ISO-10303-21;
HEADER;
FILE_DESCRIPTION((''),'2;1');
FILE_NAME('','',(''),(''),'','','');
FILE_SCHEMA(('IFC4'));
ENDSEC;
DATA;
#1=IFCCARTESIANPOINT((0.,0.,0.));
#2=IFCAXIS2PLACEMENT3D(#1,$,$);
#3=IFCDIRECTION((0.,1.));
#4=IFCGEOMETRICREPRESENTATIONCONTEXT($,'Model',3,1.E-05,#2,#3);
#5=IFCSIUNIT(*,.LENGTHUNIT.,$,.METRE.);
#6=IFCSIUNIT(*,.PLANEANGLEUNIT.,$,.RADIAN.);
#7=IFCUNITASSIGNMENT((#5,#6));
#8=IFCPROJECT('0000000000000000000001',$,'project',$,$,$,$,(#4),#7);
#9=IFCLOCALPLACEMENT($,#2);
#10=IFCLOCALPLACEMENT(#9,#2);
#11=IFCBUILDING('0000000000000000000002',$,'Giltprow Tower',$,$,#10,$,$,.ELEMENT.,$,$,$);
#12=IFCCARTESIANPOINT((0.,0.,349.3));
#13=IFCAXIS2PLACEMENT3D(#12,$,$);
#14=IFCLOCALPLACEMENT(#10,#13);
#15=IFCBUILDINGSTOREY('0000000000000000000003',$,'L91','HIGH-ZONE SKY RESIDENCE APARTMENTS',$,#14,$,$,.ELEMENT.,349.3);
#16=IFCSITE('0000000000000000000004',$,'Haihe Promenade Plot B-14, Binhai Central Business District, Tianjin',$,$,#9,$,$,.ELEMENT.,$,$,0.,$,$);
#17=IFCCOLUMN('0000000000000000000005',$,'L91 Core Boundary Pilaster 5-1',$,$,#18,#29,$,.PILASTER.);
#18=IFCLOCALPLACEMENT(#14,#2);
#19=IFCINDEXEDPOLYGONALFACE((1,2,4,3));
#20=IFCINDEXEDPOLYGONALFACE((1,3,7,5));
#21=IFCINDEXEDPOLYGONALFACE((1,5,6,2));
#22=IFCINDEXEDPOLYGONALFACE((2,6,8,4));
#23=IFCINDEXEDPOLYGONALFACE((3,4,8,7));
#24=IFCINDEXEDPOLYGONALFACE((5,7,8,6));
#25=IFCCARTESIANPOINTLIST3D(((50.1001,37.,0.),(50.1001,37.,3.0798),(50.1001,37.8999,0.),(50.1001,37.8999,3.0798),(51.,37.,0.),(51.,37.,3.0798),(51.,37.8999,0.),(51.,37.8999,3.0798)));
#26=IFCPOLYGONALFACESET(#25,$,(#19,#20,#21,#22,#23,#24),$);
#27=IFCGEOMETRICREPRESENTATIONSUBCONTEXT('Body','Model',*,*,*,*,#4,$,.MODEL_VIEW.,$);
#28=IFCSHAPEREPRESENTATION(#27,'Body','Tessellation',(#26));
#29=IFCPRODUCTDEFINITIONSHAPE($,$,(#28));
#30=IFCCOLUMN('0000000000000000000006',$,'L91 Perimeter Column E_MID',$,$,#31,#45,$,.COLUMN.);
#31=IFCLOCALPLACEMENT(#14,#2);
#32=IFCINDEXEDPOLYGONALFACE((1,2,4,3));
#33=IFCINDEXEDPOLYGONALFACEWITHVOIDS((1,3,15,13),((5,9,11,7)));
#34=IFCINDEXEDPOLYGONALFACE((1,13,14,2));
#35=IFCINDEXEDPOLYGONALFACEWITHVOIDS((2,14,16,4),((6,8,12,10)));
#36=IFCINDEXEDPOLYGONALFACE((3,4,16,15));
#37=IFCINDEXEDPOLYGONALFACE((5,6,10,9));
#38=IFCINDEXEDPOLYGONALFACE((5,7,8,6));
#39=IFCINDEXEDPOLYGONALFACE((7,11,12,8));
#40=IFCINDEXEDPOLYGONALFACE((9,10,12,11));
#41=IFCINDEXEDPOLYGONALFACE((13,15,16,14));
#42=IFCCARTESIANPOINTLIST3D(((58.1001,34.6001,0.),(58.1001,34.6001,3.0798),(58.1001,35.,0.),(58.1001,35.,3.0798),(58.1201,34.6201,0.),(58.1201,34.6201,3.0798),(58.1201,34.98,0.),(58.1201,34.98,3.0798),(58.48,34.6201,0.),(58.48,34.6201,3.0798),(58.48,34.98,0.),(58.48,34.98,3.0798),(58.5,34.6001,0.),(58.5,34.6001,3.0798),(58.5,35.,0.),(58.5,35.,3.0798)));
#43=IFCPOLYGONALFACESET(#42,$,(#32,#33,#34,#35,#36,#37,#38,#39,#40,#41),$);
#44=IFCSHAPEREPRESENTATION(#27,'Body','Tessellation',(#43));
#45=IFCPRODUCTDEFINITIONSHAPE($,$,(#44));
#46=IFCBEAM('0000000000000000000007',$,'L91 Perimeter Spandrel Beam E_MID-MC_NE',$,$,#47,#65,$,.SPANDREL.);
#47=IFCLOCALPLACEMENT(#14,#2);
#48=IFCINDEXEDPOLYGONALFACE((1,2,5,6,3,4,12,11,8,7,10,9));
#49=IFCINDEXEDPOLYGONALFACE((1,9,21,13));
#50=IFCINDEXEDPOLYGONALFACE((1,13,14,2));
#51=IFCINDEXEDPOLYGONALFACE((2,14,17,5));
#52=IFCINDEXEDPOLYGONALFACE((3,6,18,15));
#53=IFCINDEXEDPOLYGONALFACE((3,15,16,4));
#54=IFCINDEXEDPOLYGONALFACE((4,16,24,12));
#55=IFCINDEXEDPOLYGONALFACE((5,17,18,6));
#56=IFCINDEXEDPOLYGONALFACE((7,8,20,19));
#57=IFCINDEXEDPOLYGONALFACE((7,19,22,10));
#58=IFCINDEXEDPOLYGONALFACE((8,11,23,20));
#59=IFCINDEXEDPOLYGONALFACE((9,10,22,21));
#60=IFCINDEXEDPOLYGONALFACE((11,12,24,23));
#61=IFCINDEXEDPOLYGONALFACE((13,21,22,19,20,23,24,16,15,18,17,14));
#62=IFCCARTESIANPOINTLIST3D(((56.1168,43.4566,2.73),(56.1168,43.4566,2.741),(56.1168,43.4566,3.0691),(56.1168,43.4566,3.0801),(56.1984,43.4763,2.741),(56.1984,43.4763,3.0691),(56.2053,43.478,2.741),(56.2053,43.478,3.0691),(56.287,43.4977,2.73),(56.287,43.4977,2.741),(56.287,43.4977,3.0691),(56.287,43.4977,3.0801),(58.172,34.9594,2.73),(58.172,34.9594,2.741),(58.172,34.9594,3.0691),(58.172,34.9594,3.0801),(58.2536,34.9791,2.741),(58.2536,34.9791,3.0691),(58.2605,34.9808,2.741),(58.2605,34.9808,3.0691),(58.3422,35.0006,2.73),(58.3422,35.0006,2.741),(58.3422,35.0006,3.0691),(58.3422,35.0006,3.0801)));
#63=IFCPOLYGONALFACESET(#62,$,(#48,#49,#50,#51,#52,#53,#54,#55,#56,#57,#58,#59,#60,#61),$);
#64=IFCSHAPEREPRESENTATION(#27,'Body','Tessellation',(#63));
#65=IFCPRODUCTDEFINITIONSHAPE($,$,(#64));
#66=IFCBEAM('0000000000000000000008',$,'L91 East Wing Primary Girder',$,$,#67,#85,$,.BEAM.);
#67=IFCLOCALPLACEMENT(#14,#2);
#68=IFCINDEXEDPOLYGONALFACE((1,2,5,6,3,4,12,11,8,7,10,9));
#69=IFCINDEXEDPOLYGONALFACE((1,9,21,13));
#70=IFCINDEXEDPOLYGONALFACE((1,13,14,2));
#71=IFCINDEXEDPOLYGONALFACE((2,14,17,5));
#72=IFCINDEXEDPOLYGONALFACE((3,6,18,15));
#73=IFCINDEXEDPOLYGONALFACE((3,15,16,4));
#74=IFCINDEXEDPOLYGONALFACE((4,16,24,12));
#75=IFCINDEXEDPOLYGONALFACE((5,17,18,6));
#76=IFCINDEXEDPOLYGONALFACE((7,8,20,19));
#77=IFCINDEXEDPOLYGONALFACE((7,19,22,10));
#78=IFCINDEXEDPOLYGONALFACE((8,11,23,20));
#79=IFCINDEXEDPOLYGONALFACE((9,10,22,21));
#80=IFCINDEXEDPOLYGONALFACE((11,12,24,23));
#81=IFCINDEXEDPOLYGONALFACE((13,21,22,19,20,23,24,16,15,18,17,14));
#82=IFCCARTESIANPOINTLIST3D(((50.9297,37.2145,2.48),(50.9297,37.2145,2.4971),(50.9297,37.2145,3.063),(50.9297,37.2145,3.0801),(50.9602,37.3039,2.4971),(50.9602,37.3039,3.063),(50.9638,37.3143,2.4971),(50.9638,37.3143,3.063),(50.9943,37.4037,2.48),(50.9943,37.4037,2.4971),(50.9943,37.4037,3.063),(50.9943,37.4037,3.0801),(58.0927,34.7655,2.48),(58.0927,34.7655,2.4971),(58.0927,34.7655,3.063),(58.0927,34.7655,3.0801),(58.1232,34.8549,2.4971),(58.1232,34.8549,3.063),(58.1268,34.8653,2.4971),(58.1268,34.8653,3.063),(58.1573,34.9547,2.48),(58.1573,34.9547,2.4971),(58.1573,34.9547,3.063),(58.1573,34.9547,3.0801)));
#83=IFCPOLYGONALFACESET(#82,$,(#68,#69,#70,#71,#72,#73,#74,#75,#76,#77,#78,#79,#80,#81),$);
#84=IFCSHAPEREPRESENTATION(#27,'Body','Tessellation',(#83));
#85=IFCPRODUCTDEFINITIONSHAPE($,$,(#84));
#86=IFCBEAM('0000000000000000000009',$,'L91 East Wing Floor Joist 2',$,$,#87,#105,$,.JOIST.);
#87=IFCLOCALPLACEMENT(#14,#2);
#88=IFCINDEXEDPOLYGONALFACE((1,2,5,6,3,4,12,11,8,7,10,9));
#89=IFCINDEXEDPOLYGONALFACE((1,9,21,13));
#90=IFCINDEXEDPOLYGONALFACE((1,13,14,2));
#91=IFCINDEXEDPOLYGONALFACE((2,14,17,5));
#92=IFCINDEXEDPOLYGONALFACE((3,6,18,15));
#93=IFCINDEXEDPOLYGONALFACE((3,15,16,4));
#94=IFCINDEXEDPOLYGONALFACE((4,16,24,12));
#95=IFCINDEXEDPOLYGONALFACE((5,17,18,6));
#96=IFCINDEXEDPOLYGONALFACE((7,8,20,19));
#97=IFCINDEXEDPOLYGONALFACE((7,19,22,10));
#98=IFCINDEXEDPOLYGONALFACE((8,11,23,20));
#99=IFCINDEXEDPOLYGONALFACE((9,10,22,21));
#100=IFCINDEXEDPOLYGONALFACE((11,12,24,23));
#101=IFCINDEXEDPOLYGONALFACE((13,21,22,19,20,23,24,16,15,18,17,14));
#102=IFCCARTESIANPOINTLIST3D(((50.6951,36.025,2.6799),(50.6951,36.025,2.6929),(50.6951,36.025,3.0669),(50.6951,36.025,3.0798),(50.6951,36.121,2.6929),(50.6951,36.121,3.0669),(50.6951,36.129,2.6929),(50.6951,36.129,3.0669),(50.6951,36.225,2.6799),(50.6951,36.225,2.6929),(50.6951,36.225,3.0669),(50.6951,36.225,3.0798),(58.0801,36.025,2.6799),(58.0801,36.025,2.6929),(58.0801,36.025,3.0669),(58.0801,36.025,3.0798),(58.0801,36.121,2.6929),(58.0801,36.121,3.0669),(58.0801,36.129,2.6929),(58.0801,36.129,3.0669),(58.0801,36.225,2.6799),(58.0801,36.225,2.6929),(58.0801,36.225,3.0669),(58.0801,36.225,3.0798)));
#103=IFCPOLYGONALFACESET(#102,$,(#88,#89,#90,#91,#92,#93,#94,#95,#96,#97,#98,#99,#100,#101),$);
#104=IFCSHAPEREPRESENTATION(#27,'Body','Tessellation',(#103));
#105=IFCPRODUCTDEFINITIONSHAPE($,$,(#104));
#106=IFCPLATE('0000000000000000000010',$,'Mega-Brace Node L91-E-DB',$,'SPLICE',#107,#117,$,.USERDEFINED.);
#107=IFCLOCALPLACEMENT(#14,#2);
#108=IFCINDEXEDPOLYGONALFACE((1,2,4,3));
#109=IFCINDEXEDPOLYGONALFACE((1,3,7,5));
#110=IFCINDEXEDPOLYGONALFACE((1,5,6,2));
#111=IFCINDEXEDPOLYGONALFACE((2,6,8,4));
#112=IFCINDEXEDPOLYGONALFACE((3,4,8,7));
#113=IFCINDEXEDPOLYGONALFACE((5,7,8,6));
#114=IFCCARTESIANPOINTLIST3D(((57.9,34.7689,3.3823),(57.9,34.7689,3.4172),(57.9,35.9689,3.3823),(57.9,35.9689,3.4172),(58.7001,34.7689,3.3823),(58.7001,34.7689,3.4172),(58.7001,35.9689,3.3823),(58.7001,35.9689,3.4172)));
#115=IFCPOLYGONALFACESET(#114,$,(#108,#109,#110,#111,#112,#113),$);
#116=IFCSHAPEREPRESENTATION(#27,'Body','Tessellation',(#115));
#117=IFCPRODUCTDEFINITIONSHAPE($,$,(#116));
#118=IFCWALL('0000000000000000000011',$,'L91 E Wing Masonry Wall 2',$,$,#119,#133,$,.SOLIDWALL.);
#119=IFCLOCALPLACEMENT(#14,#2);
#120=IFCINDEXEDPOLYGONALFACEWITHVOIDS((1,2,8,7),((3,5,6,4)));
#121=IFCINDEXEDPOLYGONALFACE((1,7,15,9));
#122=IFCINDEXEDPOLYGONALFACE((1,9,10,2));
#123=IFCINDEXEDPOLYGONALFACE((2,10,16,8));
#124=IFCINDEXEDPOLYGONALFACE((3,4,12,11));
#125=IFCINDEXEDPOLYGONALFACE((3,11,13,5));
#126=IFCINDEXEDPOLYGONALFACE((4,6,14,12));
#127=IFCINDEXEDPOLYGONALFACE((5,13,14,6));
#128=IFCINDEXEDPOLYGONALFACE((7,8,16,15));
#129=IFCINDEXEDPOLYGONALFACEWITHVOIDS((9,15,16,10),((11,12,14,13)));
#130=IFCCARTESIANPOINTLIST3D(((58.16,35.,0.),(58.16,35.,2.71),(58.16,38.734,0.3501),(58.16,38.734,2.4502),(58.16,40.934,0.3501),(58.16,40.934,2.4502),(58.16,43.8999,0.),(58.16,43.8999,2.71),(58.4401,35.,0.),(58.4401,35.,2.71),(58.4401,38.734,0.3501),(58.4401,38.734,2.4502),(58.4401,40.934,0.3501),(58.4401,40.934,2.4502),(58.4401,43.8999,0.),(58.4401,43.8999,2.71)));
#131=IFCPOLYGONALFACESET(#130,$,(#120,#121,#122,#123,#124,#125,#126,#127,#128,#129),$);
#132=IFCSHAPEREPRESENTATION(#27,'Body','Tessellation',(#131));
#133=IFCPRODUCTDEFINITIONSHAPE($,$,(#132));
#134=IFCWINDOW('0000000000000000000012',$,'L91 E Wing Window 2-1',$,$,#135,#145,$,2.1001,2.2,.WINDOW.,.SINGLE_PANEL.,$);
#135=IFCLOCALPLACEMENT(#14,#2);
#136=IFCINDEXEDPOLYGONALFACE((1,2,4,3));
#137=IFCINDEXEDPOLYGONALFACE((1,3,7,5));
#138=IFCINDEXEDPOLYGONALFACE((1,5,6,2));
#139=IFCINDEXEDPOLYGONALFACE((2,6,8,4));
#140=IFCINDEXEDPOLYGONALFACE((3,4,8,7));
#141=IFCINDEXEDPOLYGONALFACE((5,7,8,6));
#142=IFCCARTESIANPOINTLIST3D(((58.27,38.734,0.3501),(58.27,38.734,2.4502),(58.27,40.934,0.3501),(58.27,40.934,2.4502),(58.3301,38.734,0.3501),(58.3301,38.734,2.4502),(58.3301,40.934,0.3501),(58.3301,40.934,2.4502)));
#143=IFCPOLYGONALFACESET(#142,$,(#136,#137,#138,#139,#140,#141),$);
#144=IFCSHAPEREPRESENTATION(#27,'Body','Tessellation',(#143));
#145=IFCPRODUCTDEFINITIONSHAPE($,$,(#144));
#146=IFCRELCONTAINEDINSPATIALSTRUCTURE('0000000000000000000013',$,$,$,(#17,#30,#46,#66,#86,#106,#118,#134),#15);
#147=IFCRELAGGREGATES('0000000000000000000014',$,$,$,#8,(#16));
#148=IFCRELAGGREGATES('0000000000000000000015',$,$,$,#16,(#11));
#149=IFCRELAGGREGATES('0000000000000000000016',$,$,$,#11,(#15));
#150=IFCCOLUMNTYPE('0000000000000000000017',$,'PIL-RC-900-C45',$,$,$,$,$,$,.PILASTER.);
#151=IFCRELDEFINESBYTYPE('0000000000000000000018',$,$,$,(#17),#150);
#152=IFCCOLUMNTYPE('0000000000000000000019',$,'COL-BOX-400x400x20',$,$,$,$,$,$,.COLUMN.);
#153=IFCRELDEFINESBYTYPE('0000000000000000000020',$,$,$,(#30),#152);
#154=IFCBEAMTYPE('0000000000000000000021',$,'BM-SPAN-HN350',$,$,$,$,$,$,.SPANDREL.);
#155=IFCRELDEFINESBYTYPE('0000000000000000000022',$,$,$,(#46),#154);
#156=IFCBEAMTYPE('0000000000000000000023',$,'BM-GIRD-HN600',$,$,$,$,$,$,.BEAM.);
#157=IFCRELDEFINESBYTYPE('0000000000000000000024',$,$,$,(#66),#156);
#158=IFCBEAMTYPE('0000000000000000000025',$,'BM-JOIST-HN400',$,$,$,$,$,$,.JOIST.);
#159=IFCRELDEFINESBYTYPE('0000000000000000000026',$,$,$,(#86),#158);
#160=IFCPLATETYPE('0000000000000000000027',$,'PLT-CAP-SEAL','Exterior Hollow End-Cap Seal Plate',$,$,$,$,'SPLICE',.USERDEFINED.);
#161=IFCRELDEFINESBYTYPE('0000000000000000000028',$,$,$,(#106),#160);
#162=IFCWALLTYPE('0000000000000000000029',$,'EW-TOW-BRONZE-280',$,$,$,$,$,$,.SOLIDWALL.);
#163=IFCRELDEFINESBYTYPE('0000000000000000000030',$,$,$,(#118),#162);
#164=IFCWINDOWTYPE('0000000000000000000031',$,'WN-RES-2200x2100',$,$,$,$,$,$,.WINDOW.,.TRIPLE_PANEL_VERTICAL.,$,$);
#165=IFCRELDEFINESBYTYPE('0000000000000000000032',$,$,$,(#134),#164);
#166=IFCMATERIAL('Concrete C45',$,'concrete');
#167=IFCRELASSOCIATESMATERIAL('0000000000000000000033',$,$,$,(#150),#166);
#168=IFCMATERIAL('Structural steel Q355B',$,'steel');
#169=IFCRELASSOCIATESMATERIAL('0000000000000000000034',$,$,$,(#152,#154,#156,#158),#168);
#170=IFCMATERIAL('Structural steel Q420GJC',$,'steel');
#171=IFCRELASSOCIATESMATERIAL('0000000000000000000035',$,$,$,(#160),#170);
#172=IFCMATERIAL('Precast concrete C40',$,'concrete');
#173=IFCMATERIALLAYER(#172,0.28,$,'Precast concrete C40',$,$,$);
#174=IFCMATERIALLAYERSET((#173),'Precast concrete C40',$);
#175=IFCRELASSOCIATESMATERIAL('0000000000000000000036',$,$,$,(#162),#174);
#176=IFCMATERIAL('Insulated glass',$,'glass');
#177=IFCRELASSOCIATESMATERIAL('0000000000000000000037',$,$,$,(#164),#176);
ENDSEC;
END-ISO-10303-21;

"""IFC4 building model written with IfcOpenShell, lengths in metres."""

from ifc_helpers import new_model, si_unit, direction, frame, frame_2d, origin, origin_2d, place, context, subcontext, project, spatial, rectangle, hollow_rectangle, i_section, extrude, source, transform, mapped, material, layer, layer_set, material_profile, profile_set, type_object, element, fill, save


model = new_model("IFC4")

# Units and contexts
model_context = context("Model", 3, precision=1e-05, world=origin(), true_north=direction((0.0, 1.0)))
body_context = subcontext(model_context, "Body", "Model", "MODEL_VIEW")
ifc_project = project(units=[si_unit("LENGTHUNIT", "METRE"), si_unit("PLANEANGLEUNIT", "RADIAN")], contexts=[model_context])

# Site, building, storey
site_placement = place(None, origin())
site = spatial("IfcSite", under=ifc_project, at=site_placement, Name="Haihe Promenade Plot B-14, Binhai Central Business District, Tianjin", CompositionType="ELEMENT", RefElevation=0.0)
building_placement = place(site_placement, origin())
building = spatial("IfcBuilding", under=site, at=building_placement, Name="Giltprow Tower", CompositionType="ELEMENT")
storey_placement = place(building_placement, frame((0.0, 0.0, 349.3)))
storey = spatial("IfcBuildingStorey", under=building, at=storey_placement, Name="L91", Description="HIGH-ZONE SKY RESIDENCE APARTMENTS", CompositionType="ELEMENT", Elevation=349.3)

# Columns
ifc_material_1 = material(Name="Concrete C45", Category="concrete")
ifc_material_profile_1 = material_profile(ifc_material_1, rectangle(XDim=0.8999, YDim=0.8999, at=origin_2d()), Name="RC 900x900")
ifc_profile_set_1 = profile_set([ifc_material_profile_1], Name="Concrete C45")
column_type_1 = type_object("IfcColumnType", Name="PIL-RC-900-C45", PredefinedType="PILASTER", material=ifc_profile_set_1)
shared_shape_1 = source(origin(), body_context, "Body", "SweptSolid", [
    extrude(rectangle(XDim=0.8999, YDim=0.8999, at=origin_2d()), origin(), (0.0, 0.0, 1.0), 3.0798),
])
column_1_placement = place(storey_placement, frame((50.55, 37.45, 0.0), z_axis=(0.0, 0.0, 1.0), x_axis=(1.0, 0.0, 0.0)))
element("IfcColumn", 1, at=column_1_placement, inside=storey, type_object=column_type_1, Name="L91 Core Boundary Pilaster 5-1", PredefinedType="PILASTER", context=body_context, shape_type="MappedRepresentation", body=[
    mapped(shared_shape_1, transform((0.0, 0.0, 0.0), x_axis=(1.0, 0.0, 0.0), y_axis=(0.0, 1.0, 0.0), z_axis=(0.0, 0.0, 1.0), scale=1.0)),
])
ifc_material_2 = material(Name="Structural steel Q355B", Category="steel")
ifc_material_profile_2 = material_profile(ifc_material_2, hollow_rectangle(XDim=0.3999, YDim=0.3999, WallThickness=0.02, at=origin_2d()), Name="BOX 400x400x20")
ifc_profile_set_2 = profile_set([ifc_material_profile_2], Name="Structural steel Q355B")
column_type_2 = type_object("IfcColumnType", Name="COL-BOX-400x400x20", PredefinedType="COLUMN", material=ifc_profile_set_2)
shared_shape_2 = source(origin(), body_context, "Body", "SweptSolid", [
    extrude(hollow_rectangle(XDim=0.3999, YDim=0.3999, WallThickness=0.02, at=origin_2d()), origin(), (0.0, 0.0, 1.0), 3.0798),
])
column_2_placement = place(storey_placement, frame((58.3, 34.8, 0.0), z_axis=(0.0, 0.0, 1.0), x_axis=(1.0, 0.0, 0.0)))
element("IfcColumn", 2, at=column_2_placement, inside=storey, type_object=column_type_2, Name="L91 Perimeter Column E_MID", PredefinedType="COLUMN", context=body_context, shape_type="MappedRepresentation", body=[
    mapped(shared_shape_2, transform((0.0, 0.0, 0.0), x_axis=(1.0, 0.0, 0.0), y_axis=(0.0, 1.0, 0.0), z_axis=(0.0, 0.0, 1.0), scale=1.0)),
])

# Beams
ifc_material_profile_3 = material_profile(ifc_material_2, i_section(OverallWidth=0.175, OverallDepth=0.3501, WebThickness=0.0071, FlangeThickness=0.011, at=origin_2d()), Name="HN 350x175x7x11")
ifc_profile_set_3 = profile_set([ifc_material_profile_3], Name="Structural steel Q355B")
beam_type_1 = type_object("IfcBeamType", Name="BM-SPAN-HN350", PredefinedType="SPANDREL", material=ifc_profile_set_3)
shared_shape_3 = source(origin(), body_context, "Body", "SweptSolid", [
    extrude(i_section(OverallWidth=0.175, OverallDepth=0.3501, WebThickness=0.0071, FlangeThickness=0.011, at=origin_2d()), origin(), (0.0, 0.0, 1.0), 8.7422),
])
beam_1_placement = place(storey_placement, frame((58.2571, 34.98, 2.905), z_axis=(-0.23509, 0.971974, 0.0), x_axis=(-0.971974, -0.23509, 0.0)))
element("IfcBeam", 3, at=beam_1_placement, inside=storey, type_object=beam_type_1, Name="L91 Perimeter Spandrel Beam E_MID-MC_NE", PredefinedType="SPANDREL", context=body_context, shape_type="MappedRepresentation", body=[
    mapped(shared_shape_3, transform((0.0, 0.0, 0.0), x_axis=(1.0, 0.0, 0.0), y_axis=(0.0, 1.0, 0.0), z_axis=(0.0, 0.0, 1.0), scale=1.0)),
])
ifc_material_profile_4 = material_profile(ifc_material_2, i_section(OverallWidth=0.2, OverallDepth=0.6001, WebThickness=0.011, FlangeThickness=0.0171, at=origin_2d()), Name="HN 600x200x11x17")
ifc_profile_set_4 = profile_set([ifc_material_profile_4], Name="Structural steel Q355B")
beam_type_2 = type_object("IfcBeamType", Name="BM-GIRD-HN600", PredefinedType="BEAM", material=ifc_profile_set_4)
shared_shape_4 = source(origin(), body_context, "Body", "SweptSolid", [
    extrude(i_section(OverallWidth=0.2, OverallDepth=0.6001, WebThickness=0.011, FlangeThickness=0.0171, at=origin_2d()), origin(), (0.0, 0.0, 1.0), 7.5701),
])
beam_2_placement = place(storey_placement, frame((58.125, 34.8601, 2.78), z_axis=(-0.946227, 0.323504, 0.0), x_axis=(-0.323504, -0.946227, 0.0)))
element("IfcBeam", 4, at=beam_2_placement, inside=storey, type_object=beam_type_2, Name="L91 East Wing Primary Girder", PredefinedType="BEAM", context=body_context, shape_type="MappedRepresentation", body=[
    mapped(shared_shape_4, transform((0.0, 0.0, 0.0), x_axis=(1.0, 0.0, 0.0), y_axis=(0.0, 1.0, 0.0), z_axis=(0.0, 0.0, 1.0), scale=1.0)),
])
ifc_material_profile_5 = material_profile(ifc_material_2, i_section(OverallWidth=0.2, OverallDepth=0.3999, WebThickness=0.0081, FlangeThickness=0.0129, at=origin_2d()), Name="HN 400x200x8x13")
ifc_profile_set_5 = profile_set([ifc_material_profile_5], Name="Structural steel Q355B")
beam_type_3 = type_object("IfcBeamType", Name="BM-JOIST-HN400", PredefinedType="JOIST", material=ifc_profile_set_5)
shared_shape_5 = source(origin(), body_context, "Body", "SweptSolid", [
    extrude(i_section(OverallWidth=0.2, OverallDepth=0.3999, WebThickness=0.0081, FlangeThickness=0.0129, at=origin_2d()), origin(), (0.0, 0.0, 1.0), 7.385),
])
beam_3_placement = place(storey_placement, frame((50.6951, 36.125, 2.8799), z_axis=(1.0, 0.0, 0.0), x_axis=(0.0, 1.0, 0.0)))
element("IfcBeam", 5, at=beam_3_placement, inside=storey, type_object=beam_type_3, Name="L91 East Wing Floor Joist 2", PredefinedType="JOIST", context=body_context, shape_type="MappedRepresentation", body=[
    mapped(shared_shape_5, transform((0.0, 0.0, 0.0), x_axis=(1.0, 0.0, 0.0), y_axis=(0.0, 1.0, 0.0), z_axis=(0.0, 0.0, 1.0), scale=1.0)),
])

# Plate
ifc_material_3 = material(Name="Structural steel Q420GJC", Category="steel")
plate_type = type_object("IfcPlateType", Name="PLT-CAP-SEAL", Description="Exterior Hollow End-Cap Seal Plate", ElementType="SPLICE", PredefinedType="USERDEFINED", material=ifc_material_3)
shared_shape_6 = source(origin(), body_context, "Body", "SweptSolid", [
    extrude(rectangle(XDim=1.2, YDim=0.8, at=origin_2d()), origin(), (0.0, 0.0, 1.0), 0.0349),
])
plate_placement = place(storey_placement, frame((58.3, 35.3689, 3.3823), z_axis=(0.0, 0.0, 1.0), x_axis=(0.0, 1.0, 0.0)))
element("IfcPlate", 6, at=plate_placement, inside=storey, type_object=plate_type, Name="Mega-Brace Node L91-E-DB", ObjectType="SPLICE", PredefinedType="USERDEFINED", context=body_context, shape_type="MappedRepresentation", body=[
    mapped(shared_shape_6, transform((0.0, 0.0, 0.0), x_axis=(1.0, 0.0, 0.0), y_axis=(0.0, 1.0, 0.0), z_axis=(0.0, 0.0, 1.0), scale=1.0)),
])

# Wall, opening, window
ifc_material_4 = material(Name="Precast concrete C40", Category="concrete")
ifc_layer_1 = layer(ifc_material_4, 0.28, Name="Precast concrete C40")
ifc_layer_set_1 = layer_set([ifc_layer_1], Name="Precast concrete C40")
wall_type_1 = type_object("IfcWallType", Name="EW-TOW-BRONZE-280", PredefinedType="SOLIDWALL", material=ifc_layer_set_1)
wall_1_placement = place(storey_placement, frame((58.3, 35.0, 0.0), z_axis=(0.0, 0.0, 1.0), x_axis=(0.0, 1.0, 0.0)))
wall_1 = element("IfcWall", 7, at=wall_1_placement, inside=storey, type_object=wall_type_1, Name="L91 E Wing Masonry Wall 2", PredefinedType="SOLIDWALL", context=body_context, shape_type="SweptSolid", body=[
    extrude(rectangle(XDim=8.8999, YDim=0.28, at=frame_2d((4.45, 0.0))), origin(), (0.0, 0.0, 1.0), 2.71),
])
opening_1_placement = place(wall_1_placement, frame((3.7339, 0.0, 0.3501)))
opening_1 = element("IfcOpeningElement", 8, at=opening_1_placement, cuts=wall_1, PredefinedType="OPENING", context=body_context, shape_type="SweptSolid", body=[
    extrude(rectangle(XDim=2.2, YDim=2.1001, at=frame_2d((1.1001, 1.05))), frame((0.0, 0.1499, 0.0), z_axis=(0.0, -1.0, 0.0), x_axis=(1.0, 0.0, 0.0)), (0.0, 0.0, 1.0), 0.3),
])
ifc_material_5 = material(Name="Insulated glass", Category="glass")
window_type = type_object("IfcWindowType", Name="WN-RES-2200x2100", PartitioningType="TRIPLE_PANEL_VERTICAL", PredefinedType="WINDOW", material=ifc_material_5)
shared_shape_7 = source(origin(), body_context, "Body", "SweptSolid", [
    extrude(rectangle(XDim=2.2, YDim=2.1001, at=frame_2d((1.1001, 1.05))), frame((0.0, 0.03, 0.0), z_axis=(0.0, -1.0, 0.0), x_axis=(1.0, 0.0, 0.0)), (0.0, 0.0, 1.0), 0.0601),
])
window_placement = place(opening_1_placement, origin())
window = element("IfcWindow", 9, at=window_placement, inside=storey, type_object=window_type, Name="L91 E Wing Window 2-1", OverallHeight=2.1001, OverallWidth=2.2, PartitioningType="SINGLE_PANEL", PredefinedType="WINDOW", context=body_context, shape_type="MappedRepresentation", body=[
    mapped(shared_shape_7, transform((0.0, 0.0, 0.0), x_axis=(1.0, 0.0, 0.0), y_axis=(0.0, 1.0, 0.0), z_axis=(0.0, 0.0, 1.0), scale=1.0)),
])
fill(opening_1, window)

save(model, "model.ifc")
